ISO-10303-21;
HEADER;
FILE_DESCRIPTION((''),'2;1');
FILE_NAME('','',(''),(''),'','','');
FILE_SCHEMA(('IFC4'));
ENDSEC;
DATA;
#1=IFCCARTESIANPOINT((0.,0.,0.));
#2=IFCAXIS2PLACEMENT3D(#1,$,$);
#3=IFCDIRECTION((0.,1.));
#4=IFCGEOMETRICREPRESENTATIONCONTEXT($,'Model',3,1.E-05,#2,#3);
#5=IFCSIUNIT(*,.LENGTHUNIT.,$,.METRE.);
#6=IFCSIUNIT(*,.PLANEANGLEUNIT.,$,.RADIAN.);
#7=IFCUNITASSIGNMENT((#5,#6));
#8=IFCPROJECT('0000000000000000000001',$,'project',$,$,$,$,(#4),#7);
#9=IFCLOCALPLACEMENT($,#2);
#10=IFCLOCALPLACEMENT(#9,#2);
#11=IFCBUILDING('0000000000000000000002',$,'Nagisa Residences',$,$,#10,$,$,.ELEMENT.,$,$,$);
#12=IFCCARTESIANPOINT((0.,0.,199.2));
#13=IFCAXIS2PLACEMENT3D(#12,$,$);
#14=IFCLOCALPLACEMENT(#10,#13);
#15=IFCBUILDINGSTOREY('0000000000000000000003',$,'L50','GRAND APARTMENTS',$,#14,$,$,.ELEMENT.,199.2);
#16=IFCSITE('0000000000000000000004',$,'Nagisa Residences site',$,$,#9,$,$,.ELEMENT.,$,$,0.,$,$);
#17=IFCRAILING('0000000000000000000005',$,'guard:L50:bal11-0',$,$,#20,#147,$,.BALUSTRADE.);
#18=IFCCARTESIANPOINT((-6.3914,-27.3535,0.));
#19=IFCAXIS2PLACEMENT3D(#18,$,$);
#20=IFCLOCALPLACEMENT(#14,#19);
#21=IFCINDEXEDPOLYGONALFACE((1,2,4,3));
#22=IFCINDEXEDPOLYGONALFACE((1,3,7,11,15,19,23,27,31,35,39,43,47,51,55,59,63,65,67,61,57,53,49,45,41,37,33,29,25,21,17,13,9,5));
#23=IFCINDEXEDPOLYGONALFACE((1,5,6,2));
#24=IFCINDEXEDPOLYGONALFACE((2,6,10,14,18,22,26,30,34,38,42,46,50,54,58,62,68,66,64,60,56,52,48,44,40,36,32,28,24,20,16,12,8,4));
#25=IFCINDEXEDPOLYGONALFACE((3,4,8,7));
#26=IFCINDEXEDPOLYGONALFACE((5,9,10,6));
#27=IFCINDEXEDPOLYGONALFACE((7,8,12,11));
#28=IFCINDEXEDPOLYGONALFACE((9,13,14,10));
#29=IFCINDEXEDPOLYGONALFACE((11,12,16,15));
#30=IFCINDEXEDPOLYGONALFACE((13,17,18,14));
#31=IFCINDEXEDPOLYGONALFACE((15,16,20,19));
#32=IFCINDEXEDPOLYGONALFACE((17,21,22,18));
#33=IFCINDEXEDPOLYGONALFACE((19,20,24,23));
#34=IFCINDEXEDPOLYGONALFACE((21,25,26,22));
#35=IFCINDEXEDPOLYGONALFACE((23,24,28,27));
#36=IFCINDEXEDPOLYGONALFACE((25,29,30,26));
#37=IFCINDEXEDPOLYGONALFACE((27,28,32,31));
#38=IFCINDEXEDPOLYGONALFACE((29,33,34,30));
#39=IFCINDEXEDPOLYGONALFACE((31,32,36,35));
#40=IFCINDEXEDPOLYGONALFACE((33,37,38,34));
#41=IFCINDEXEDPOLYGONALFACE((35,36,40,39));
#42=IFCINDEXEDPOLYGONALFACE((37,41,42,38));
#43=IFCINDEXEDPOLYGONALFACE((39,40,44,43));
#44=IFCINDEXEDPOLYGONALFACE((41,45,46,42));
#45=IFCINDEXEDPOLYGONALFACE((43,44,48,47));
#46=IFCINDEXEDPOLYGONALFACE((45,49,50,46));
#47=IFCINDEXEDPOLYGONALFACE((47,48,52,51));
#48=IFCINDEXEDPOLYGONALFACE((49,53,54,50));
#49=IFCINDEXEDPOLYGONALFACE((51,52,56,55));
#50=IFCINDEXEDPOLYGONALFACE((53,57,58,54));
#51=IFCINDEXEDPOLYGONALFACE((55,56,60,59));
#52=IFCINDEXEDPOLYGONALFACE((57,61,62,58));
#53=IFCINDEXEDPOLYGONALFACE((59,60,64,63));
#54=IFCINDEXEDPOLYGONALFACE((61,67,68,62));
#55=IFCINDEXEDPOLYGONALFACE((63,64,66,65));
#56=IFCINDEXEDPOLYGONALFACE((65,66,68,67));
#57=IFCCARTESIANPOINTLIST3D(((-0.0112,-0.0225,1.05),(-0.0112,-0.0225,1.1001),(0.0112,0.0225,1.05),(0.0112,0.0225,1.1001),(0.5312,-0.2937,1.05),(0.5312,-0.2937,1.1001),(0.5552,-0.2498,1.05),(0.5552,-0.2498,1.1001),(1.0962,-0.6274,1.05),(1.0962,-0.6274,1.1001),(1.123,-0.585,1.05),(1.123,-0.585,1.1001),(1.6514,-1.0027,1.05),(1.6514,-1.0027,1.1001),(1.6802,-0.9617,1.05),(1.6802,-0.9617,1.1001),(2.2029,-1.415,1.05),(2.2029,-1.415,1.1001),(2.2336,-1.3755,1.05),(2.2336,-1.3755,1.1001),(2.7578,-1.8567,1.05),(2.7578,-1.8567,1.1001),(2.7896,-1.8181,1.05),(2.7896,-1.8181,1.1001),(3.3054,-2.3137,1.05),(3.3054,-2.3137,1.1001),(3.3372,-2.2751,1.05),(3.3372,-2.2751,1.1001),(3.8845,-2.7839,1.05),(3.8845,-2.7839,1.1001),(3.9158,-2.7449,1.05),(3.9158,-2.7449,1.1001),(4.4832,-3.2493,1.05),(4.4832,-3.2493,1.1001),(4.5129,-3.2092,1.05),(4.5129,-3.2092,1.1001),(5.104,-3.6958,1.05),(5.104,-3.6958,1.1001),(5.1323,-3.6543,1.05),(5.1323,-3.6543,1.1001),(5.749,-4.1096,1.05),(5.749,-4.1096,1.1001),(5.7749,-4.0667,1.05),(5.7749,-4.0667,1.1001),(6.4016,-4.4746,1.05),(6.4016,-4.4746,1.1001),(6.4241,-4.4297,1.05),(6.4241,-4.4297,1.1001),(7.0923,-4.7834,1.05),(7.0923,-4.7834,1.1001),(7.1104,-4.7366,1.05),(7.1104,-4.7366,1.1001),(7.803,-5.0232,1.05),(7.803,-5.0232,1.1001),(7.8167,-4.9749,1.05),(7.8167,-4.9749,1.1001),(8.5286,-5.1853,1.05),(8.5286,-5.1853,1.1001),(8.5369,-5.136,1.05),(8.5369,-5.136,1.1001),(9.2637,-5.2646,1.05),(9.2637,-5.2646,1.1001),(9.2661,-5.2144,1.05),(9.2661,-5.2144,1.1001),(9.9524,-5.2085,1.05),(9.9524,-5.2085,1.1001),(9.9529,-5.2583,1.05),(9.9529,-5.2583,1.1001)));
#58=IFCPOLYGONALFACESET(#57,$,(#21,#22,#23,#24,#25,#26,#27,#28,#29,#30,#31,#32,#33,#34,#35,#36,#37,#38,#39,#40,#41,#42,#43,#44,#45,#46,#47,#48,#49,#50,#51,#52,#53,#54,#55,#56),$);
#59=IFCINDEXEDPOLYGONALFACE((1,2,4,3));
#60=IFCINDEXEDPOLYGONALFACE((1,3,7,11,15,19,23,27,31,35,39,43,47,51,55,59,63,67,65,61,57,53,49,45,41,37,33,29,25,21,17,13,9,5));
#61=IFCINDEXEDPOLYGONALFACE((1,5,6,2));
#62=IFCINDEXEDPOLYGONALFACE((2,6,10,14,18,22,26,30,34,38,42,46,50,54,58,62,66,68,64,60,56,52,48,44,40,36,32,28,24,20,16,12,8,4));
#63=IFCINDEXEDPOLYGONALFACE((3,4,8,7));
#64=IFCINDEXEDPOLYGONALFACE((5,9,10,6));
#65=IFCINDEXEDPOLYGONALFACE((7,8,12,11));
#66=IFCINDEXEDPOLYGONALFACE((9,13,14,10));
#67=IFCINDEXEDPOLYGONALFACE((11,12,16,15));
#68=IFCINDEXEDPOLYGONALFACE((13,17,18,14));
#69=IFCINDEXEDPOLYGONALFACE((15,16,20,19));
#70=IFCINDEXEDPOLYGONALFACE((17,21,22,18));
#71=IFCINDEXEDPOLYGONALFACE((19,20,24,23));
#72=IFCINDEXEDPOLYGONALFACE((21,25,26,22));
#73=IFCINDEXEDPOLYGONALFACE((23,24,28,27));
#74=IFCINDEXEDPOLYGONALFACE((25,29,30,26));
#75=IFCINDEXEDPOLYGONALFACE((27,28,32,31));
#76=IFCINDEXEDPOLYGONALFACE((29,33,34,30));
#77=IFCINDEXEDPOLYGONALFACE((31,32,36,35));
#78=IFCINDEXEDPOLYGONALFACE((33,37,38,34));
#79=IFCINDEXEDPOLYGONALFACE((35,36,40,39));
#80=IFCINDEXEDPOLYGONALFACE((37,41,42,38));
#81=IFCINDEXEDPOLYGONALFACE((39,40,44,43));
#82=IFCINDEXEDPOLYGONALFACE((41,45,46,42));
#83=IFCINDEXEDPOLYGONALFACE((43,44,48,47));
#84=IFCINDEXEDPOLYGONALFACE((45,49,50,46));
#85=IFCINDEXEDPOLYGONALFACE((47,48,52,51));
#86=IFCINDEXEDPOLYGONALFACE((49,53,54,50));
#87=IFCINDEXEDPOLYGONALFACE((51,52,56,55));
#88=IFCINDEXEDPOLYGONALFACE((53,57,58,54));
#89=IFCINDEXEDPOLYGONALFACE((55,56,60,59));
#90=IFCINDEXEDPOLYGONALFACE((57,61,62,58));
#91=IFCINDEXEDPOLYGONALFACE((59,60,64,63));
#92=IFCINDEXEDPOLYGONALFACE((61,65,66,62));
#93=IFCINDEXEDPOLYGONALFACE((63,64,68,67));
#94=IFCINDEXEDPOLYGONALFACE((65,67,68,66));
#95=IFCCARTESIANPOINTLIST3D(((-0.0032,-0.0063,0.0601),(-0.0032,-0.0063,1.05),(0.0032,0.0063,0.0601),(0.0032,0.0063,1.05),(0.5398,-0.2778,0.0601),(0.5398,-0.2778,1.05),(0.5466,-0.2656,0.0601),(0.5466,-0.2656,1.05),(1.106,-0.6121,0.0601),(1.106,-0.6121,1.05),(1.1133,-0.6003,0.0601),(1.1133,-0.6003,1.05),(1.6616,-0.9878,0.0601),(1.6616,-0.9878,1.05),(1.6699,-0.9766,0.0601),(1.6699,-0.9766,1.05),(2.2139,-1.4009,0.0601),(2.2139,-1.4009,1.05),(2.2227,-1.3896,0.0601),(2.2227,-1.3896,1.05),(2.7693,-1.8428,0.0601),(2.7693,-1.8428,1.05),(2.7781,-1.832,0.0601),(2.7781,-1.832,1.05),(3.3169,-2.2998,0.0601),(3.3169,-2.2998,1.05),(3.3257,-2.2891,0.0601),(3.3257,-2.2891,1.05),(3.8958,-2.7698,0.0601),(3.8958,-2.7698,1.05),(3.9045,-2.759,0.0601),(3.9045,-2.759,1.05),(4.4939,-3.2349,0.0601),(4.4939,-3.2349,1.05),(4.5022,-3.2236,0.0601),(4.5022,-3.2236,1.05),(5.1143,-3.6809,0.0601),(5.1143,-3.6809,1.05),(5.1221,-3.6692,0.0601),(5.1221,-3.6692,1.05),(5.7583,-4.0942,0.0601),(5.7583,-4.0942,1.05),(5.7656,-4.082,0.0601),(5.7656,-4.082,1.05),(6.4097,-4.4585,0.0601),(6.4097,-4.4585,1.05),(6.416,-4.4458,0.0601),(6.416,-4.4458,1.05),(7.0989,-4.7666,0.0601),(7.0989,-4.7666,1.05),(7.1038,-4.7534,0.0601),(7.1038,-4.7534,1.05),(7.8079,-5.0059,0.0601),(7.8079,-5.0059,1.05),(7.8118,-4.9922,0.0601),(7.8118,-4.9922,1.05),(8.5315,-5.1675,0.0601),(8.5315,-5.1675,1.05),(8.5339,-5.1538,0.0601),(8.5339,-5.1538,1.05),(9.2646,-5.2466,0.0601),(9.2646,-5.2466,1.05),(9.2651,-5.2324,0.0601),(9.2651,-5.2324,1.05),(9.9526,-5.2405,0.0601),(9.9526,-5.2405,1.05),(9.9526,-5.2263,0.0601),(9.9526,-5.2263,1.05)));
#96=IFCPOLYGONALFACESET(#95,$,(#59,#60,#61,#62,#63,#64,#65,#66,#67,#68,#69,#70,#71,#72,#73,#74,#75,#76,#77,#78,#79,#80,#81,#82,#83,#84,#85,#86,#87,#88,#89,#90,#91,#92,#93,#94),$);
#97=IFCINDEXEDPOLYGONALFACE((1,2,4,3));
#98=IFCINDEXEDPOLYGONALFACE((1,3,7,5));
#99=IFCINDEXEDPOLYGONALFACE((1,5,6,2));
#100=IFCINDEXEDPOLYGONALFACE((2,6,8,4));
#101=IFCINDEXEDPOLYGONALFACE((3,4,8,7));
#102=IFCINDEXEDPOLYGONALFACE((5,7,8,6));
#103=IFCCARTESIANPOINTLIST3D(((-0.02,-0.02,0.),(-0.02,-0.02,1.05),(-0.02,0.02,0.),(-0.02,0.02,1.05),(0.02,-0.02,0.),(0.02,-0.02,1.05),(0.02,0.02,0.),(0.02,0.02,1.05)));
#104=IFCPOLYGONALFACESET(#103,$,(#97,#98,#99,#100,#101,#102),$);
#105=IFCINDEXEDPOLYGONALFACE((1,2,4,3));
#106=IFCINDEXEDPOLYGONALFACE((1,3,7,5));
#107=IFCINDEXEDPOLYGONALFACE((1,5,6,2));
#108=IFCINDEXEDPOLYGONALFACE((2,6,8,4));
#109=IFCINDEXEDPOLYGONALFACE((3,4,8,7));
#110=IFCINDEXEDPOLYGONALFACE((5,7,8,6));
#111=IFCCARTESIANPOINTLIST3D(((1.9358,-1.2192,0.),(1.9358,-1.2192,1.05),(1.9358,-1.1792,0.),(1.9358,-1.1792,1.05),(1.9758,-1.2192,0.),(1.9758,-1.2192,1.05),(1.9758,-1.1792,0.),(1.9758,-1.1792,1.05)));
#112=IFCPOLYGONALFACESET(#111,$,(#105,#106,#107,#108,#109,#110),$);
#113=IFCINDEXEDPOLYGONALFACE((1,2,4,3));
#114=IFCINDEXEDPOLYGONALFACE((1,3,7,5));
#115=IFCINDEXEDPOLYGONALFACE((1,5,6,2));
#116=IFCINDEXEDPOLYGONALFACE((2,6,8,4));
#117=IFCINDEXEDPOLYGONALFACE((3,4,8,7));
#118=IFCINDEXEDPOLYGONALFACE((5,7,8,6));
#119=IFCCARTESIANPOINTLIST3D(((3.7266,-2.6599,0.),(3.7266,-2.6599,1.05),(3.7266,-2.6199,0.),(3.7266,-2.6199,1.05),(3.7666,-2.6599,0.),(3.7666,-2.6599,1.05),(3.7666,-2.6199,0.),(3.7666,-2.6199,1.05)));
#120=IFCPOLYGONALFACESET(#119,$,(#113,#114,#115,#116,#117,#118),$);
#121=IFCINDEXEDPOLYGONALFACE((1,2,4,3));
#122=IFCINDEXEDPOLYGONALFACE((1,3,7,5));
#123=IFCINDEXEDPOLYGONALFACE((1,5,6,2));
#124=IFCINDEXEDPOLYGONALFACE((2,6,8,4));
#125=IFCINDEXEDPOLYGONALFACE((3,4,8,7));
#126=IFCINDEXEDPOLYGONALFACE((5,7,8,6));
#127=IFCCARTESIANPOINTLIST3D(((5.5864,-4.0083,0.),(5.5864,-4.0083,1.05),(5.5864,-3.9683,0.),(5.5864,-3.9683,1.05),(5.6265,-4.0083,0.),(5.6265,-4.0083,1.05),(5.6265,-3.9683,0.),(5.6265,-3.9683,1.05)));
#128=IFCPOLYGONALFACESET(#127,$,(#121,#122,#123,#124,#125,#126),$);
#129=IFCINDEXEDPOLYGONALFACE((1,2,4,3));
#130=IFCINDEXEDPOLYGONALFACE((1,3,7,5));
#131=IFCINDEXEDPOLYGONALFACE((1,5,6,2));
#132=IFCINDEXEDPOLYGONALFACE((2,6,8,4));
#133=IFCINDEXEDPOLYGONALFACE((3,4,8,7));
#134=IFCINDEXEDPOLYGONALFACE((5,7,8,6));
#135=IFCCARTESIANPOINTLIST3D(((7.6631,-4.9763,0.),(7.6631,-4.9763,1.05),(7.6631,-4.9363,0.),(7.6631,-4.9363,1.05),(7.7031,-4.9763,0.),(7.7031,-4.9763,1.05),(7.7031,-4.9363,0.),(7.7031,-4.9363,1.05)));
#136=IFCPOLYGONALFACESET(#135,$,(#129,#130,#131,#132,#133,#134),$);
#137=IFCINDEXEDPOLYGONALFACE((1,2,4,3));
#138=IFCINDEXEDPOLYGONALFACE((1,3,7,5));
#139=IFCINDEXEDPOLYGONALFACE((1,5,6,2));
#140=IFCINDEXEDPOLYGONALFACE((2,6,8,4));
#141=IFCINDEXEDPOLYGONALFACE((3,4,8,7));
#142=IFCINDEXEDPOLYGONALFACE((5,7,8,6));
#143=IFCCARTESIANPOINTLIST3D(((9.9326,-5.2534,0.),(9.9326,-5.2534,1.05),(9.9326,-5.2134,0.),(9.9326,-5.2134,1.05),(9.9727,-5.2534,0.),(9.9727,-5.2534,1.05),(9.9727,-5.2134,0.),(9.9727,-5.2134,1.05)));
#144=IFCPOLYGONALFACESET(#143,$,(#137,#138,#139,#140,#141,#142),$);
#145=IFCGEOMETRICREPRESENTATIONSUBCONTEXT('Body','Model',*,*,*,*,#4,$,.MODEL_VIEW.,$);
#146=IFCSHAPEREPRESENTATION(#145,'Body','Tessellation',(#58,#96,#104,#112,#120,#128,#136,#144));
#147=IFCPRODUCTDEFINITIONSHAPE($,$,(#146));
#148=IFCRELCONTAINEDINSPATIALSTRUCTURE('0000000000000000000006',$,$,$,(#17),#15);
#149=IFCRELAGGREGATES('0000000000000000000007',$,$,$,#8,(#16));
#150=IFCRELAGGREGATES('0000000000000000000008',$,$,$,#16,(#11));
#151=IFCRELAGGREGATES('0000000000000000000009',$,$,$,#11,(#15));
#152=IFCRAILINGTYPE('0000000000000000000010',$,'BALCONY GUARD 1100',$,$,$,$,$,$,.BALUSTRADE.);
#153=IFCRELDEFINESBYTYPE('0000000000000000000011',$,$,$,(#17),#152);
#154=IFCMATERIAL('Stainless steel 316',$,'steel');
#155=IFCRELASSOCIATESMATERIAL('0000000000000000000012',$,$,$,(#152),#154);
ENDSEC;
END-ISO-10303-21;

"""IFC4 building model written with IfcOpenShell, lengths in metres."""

from ifc_helpers import new_model, si_unit, direction, frame, origin, origin_2d, place, context, subcontext, project, spatial, polyline, rectangle, outline, extrude, material, type_object, element, save


model = new_model("IFC4")

# Units and contexts
model_context = context("Model", 3, precision=1e-05, world=origin(), true_north=direction((0.0, 1.0)))
body_context = subcontext(model_context, "Body", "Model", "MODEL_VIEW")
ifc_project = project(units=[si_unit("LENGTHUNIT", "METRE"), si_unit("PLANEANGLEUNIT", "RADIAN")], contexts=[model_context])

# Site, building, storey
site_placement = place(None, origin())
site = spatial("IfcSite", under=ifc_project, at=site_placement, Name="Nagisa Residences site", CompositionType="ELEMENT", RefElevation=0.0)
building_placement = place(site_placement, origin())
building = spatial("IfcBuilding", under=site, at=building_placement, Name="Nagisa Residences", CompositionType="ELEMENT")
storey_placement = place(building_placement, frame((0.0, 0.0, 199.2)))
storey = spatial("IfcBuildingStorey", under=building, at=storey_placement, Name="L50", Description="GRAND APARTMENTS", CompositionType="ELEMENT", Elevation=199.2)

# Railing
ifc_material_1 = material(Name="Stainless steel 316", Category="steel")
railing_type = type_object("IfcRailingType", Name="BALCONY GUARD 1100", PredefinedType="BALUSTRADE", material=ifc_material_1)
railing_placement = place(storey_placement, frame((-6.3914, -27.3535, 0.0)))
element("IfcRailing", 1, at=railing_placement, inside=storey, type_object=railing_type, Name="guard:L50:bal11-0", PredefinedType="BALUSTRADE", context=body_context, shape_type="SweptSolid", body=[
    extrude(outline(polyline([(0.5552, -0.2498), (0.0112, 0.0225), (-0.0112, -0.0225), (0.5312, -0.2937), (1.0962, -0.6274), (1.6514, -1.0027), (2.2029, -1.415), (2.7578, -1.8567), (3.3054, -2.3137), (3.8845, -2.7839), (4.4832, -3.2493), (5.104, -3.6958), (5.749, -4.1096), (6.4016, -4.4746), (7.0923, -4.7834), (7.803, -5.0232), (8.5286, -5.1853), (9.2637, -5.2646), (9.9529, -5.2583), (9.9524, -5.2085), (9.2661, -5.2144), (8.5369, -5.136), (7.8167, -4.9749), (7.1104, -4.7366), (6.4241, -4.4297), (5.7749, -4.0667), (5.1323, -3.6543), (4.5129, -3.2092), (3.9158, -2.7449), (3.3372, -2.2751), (2.7896, -1.8181), (2.2336, -1.3755), (1.6802, -0.9617), (1.123, -0.585), (0.5552, -0.2498)])), frame((0.0, 0.0, 1.05)), (0.0, 0.0, 1.0), 0.05),
    extrude(outline(polyline([(0.5466, -0.2656), (0.0032, 0.0063), (-0.0032, -0.0063), (0.5398, -0.2778), (1.106, -0.6121), (1.6616, -0.9878), (2.2139, -1.4009), (2.7693, -1.8428), (3.3169, -2.2998), (3.8958, -2.7698), (4.4939, -3.2349), (5.1143, -3.6809), (5.7583, -4.0942), (6.4097, -4.4585), (7.0989, -4.7666), (7.8079, -5.0059), (8.5315, -5.1675), (9.2646, -5.2466), (9.9526, -5.2405), (9.9526, -5.2263), (9.2651, -5.2324), (8.5339, -5.1538), (7.8118, -4.9922), (7.1038, -4.7534), (6.416, -4.4458), (5.7656, -4.082), (5.1221, -3.6692), (4.5022, -3.2236), (3.9045, -2.759), (3.3257, -2.2891), (2.7781, -1.832), (2.2227, -1.3896), (1.6699, -0.9766), (1.1133, -0.6003), (0.5466, -0.2656)])), frame((0.0, 0.0, 0.0601)), (0.0, 0.0, 1.0), 0.99),
    extrude(rectangle(XDim=0.04, YDim=0.04, at=origin_2d()), origin(), (0.0, 0.0, 1.0), 1.05),
    extrude(rectangle(XDim=0.04, YDim=0.04, at=origin_2d()), frame((1.9558, -1.1992, 0.0)), (0.0, 0.0, 1.0), 1.05),
    extrude(rectangle(XDim=0.04, YDim=0.04, at=origin_2d()), frame((3.7466, -2.6399, 0.0)), (0.0, 0.0, 1.0), 1.05),
    extrude(rectangle(XDim=0.04, YDim=0.04, at=origin_2d()), frame((5.6064, -3.9883, 0.0)), (0.0, 0.0, 1.0), 1.05),
    extrude(rectangle(XDim=0.04, YDim=0.04, at=origin_2d()), frame((7.6831, -4.9563, 0.0)), (0.0, 0.0, 1.0), 1.05),
    extrude(rectangle(XDim=0.04, YDim=0.04, at=origin_2d()), frame((9.9526, -5.2334, 0.0)), (0.0, 0.0, 1.0), 1.05),
])

save(model, "model.ifc")
